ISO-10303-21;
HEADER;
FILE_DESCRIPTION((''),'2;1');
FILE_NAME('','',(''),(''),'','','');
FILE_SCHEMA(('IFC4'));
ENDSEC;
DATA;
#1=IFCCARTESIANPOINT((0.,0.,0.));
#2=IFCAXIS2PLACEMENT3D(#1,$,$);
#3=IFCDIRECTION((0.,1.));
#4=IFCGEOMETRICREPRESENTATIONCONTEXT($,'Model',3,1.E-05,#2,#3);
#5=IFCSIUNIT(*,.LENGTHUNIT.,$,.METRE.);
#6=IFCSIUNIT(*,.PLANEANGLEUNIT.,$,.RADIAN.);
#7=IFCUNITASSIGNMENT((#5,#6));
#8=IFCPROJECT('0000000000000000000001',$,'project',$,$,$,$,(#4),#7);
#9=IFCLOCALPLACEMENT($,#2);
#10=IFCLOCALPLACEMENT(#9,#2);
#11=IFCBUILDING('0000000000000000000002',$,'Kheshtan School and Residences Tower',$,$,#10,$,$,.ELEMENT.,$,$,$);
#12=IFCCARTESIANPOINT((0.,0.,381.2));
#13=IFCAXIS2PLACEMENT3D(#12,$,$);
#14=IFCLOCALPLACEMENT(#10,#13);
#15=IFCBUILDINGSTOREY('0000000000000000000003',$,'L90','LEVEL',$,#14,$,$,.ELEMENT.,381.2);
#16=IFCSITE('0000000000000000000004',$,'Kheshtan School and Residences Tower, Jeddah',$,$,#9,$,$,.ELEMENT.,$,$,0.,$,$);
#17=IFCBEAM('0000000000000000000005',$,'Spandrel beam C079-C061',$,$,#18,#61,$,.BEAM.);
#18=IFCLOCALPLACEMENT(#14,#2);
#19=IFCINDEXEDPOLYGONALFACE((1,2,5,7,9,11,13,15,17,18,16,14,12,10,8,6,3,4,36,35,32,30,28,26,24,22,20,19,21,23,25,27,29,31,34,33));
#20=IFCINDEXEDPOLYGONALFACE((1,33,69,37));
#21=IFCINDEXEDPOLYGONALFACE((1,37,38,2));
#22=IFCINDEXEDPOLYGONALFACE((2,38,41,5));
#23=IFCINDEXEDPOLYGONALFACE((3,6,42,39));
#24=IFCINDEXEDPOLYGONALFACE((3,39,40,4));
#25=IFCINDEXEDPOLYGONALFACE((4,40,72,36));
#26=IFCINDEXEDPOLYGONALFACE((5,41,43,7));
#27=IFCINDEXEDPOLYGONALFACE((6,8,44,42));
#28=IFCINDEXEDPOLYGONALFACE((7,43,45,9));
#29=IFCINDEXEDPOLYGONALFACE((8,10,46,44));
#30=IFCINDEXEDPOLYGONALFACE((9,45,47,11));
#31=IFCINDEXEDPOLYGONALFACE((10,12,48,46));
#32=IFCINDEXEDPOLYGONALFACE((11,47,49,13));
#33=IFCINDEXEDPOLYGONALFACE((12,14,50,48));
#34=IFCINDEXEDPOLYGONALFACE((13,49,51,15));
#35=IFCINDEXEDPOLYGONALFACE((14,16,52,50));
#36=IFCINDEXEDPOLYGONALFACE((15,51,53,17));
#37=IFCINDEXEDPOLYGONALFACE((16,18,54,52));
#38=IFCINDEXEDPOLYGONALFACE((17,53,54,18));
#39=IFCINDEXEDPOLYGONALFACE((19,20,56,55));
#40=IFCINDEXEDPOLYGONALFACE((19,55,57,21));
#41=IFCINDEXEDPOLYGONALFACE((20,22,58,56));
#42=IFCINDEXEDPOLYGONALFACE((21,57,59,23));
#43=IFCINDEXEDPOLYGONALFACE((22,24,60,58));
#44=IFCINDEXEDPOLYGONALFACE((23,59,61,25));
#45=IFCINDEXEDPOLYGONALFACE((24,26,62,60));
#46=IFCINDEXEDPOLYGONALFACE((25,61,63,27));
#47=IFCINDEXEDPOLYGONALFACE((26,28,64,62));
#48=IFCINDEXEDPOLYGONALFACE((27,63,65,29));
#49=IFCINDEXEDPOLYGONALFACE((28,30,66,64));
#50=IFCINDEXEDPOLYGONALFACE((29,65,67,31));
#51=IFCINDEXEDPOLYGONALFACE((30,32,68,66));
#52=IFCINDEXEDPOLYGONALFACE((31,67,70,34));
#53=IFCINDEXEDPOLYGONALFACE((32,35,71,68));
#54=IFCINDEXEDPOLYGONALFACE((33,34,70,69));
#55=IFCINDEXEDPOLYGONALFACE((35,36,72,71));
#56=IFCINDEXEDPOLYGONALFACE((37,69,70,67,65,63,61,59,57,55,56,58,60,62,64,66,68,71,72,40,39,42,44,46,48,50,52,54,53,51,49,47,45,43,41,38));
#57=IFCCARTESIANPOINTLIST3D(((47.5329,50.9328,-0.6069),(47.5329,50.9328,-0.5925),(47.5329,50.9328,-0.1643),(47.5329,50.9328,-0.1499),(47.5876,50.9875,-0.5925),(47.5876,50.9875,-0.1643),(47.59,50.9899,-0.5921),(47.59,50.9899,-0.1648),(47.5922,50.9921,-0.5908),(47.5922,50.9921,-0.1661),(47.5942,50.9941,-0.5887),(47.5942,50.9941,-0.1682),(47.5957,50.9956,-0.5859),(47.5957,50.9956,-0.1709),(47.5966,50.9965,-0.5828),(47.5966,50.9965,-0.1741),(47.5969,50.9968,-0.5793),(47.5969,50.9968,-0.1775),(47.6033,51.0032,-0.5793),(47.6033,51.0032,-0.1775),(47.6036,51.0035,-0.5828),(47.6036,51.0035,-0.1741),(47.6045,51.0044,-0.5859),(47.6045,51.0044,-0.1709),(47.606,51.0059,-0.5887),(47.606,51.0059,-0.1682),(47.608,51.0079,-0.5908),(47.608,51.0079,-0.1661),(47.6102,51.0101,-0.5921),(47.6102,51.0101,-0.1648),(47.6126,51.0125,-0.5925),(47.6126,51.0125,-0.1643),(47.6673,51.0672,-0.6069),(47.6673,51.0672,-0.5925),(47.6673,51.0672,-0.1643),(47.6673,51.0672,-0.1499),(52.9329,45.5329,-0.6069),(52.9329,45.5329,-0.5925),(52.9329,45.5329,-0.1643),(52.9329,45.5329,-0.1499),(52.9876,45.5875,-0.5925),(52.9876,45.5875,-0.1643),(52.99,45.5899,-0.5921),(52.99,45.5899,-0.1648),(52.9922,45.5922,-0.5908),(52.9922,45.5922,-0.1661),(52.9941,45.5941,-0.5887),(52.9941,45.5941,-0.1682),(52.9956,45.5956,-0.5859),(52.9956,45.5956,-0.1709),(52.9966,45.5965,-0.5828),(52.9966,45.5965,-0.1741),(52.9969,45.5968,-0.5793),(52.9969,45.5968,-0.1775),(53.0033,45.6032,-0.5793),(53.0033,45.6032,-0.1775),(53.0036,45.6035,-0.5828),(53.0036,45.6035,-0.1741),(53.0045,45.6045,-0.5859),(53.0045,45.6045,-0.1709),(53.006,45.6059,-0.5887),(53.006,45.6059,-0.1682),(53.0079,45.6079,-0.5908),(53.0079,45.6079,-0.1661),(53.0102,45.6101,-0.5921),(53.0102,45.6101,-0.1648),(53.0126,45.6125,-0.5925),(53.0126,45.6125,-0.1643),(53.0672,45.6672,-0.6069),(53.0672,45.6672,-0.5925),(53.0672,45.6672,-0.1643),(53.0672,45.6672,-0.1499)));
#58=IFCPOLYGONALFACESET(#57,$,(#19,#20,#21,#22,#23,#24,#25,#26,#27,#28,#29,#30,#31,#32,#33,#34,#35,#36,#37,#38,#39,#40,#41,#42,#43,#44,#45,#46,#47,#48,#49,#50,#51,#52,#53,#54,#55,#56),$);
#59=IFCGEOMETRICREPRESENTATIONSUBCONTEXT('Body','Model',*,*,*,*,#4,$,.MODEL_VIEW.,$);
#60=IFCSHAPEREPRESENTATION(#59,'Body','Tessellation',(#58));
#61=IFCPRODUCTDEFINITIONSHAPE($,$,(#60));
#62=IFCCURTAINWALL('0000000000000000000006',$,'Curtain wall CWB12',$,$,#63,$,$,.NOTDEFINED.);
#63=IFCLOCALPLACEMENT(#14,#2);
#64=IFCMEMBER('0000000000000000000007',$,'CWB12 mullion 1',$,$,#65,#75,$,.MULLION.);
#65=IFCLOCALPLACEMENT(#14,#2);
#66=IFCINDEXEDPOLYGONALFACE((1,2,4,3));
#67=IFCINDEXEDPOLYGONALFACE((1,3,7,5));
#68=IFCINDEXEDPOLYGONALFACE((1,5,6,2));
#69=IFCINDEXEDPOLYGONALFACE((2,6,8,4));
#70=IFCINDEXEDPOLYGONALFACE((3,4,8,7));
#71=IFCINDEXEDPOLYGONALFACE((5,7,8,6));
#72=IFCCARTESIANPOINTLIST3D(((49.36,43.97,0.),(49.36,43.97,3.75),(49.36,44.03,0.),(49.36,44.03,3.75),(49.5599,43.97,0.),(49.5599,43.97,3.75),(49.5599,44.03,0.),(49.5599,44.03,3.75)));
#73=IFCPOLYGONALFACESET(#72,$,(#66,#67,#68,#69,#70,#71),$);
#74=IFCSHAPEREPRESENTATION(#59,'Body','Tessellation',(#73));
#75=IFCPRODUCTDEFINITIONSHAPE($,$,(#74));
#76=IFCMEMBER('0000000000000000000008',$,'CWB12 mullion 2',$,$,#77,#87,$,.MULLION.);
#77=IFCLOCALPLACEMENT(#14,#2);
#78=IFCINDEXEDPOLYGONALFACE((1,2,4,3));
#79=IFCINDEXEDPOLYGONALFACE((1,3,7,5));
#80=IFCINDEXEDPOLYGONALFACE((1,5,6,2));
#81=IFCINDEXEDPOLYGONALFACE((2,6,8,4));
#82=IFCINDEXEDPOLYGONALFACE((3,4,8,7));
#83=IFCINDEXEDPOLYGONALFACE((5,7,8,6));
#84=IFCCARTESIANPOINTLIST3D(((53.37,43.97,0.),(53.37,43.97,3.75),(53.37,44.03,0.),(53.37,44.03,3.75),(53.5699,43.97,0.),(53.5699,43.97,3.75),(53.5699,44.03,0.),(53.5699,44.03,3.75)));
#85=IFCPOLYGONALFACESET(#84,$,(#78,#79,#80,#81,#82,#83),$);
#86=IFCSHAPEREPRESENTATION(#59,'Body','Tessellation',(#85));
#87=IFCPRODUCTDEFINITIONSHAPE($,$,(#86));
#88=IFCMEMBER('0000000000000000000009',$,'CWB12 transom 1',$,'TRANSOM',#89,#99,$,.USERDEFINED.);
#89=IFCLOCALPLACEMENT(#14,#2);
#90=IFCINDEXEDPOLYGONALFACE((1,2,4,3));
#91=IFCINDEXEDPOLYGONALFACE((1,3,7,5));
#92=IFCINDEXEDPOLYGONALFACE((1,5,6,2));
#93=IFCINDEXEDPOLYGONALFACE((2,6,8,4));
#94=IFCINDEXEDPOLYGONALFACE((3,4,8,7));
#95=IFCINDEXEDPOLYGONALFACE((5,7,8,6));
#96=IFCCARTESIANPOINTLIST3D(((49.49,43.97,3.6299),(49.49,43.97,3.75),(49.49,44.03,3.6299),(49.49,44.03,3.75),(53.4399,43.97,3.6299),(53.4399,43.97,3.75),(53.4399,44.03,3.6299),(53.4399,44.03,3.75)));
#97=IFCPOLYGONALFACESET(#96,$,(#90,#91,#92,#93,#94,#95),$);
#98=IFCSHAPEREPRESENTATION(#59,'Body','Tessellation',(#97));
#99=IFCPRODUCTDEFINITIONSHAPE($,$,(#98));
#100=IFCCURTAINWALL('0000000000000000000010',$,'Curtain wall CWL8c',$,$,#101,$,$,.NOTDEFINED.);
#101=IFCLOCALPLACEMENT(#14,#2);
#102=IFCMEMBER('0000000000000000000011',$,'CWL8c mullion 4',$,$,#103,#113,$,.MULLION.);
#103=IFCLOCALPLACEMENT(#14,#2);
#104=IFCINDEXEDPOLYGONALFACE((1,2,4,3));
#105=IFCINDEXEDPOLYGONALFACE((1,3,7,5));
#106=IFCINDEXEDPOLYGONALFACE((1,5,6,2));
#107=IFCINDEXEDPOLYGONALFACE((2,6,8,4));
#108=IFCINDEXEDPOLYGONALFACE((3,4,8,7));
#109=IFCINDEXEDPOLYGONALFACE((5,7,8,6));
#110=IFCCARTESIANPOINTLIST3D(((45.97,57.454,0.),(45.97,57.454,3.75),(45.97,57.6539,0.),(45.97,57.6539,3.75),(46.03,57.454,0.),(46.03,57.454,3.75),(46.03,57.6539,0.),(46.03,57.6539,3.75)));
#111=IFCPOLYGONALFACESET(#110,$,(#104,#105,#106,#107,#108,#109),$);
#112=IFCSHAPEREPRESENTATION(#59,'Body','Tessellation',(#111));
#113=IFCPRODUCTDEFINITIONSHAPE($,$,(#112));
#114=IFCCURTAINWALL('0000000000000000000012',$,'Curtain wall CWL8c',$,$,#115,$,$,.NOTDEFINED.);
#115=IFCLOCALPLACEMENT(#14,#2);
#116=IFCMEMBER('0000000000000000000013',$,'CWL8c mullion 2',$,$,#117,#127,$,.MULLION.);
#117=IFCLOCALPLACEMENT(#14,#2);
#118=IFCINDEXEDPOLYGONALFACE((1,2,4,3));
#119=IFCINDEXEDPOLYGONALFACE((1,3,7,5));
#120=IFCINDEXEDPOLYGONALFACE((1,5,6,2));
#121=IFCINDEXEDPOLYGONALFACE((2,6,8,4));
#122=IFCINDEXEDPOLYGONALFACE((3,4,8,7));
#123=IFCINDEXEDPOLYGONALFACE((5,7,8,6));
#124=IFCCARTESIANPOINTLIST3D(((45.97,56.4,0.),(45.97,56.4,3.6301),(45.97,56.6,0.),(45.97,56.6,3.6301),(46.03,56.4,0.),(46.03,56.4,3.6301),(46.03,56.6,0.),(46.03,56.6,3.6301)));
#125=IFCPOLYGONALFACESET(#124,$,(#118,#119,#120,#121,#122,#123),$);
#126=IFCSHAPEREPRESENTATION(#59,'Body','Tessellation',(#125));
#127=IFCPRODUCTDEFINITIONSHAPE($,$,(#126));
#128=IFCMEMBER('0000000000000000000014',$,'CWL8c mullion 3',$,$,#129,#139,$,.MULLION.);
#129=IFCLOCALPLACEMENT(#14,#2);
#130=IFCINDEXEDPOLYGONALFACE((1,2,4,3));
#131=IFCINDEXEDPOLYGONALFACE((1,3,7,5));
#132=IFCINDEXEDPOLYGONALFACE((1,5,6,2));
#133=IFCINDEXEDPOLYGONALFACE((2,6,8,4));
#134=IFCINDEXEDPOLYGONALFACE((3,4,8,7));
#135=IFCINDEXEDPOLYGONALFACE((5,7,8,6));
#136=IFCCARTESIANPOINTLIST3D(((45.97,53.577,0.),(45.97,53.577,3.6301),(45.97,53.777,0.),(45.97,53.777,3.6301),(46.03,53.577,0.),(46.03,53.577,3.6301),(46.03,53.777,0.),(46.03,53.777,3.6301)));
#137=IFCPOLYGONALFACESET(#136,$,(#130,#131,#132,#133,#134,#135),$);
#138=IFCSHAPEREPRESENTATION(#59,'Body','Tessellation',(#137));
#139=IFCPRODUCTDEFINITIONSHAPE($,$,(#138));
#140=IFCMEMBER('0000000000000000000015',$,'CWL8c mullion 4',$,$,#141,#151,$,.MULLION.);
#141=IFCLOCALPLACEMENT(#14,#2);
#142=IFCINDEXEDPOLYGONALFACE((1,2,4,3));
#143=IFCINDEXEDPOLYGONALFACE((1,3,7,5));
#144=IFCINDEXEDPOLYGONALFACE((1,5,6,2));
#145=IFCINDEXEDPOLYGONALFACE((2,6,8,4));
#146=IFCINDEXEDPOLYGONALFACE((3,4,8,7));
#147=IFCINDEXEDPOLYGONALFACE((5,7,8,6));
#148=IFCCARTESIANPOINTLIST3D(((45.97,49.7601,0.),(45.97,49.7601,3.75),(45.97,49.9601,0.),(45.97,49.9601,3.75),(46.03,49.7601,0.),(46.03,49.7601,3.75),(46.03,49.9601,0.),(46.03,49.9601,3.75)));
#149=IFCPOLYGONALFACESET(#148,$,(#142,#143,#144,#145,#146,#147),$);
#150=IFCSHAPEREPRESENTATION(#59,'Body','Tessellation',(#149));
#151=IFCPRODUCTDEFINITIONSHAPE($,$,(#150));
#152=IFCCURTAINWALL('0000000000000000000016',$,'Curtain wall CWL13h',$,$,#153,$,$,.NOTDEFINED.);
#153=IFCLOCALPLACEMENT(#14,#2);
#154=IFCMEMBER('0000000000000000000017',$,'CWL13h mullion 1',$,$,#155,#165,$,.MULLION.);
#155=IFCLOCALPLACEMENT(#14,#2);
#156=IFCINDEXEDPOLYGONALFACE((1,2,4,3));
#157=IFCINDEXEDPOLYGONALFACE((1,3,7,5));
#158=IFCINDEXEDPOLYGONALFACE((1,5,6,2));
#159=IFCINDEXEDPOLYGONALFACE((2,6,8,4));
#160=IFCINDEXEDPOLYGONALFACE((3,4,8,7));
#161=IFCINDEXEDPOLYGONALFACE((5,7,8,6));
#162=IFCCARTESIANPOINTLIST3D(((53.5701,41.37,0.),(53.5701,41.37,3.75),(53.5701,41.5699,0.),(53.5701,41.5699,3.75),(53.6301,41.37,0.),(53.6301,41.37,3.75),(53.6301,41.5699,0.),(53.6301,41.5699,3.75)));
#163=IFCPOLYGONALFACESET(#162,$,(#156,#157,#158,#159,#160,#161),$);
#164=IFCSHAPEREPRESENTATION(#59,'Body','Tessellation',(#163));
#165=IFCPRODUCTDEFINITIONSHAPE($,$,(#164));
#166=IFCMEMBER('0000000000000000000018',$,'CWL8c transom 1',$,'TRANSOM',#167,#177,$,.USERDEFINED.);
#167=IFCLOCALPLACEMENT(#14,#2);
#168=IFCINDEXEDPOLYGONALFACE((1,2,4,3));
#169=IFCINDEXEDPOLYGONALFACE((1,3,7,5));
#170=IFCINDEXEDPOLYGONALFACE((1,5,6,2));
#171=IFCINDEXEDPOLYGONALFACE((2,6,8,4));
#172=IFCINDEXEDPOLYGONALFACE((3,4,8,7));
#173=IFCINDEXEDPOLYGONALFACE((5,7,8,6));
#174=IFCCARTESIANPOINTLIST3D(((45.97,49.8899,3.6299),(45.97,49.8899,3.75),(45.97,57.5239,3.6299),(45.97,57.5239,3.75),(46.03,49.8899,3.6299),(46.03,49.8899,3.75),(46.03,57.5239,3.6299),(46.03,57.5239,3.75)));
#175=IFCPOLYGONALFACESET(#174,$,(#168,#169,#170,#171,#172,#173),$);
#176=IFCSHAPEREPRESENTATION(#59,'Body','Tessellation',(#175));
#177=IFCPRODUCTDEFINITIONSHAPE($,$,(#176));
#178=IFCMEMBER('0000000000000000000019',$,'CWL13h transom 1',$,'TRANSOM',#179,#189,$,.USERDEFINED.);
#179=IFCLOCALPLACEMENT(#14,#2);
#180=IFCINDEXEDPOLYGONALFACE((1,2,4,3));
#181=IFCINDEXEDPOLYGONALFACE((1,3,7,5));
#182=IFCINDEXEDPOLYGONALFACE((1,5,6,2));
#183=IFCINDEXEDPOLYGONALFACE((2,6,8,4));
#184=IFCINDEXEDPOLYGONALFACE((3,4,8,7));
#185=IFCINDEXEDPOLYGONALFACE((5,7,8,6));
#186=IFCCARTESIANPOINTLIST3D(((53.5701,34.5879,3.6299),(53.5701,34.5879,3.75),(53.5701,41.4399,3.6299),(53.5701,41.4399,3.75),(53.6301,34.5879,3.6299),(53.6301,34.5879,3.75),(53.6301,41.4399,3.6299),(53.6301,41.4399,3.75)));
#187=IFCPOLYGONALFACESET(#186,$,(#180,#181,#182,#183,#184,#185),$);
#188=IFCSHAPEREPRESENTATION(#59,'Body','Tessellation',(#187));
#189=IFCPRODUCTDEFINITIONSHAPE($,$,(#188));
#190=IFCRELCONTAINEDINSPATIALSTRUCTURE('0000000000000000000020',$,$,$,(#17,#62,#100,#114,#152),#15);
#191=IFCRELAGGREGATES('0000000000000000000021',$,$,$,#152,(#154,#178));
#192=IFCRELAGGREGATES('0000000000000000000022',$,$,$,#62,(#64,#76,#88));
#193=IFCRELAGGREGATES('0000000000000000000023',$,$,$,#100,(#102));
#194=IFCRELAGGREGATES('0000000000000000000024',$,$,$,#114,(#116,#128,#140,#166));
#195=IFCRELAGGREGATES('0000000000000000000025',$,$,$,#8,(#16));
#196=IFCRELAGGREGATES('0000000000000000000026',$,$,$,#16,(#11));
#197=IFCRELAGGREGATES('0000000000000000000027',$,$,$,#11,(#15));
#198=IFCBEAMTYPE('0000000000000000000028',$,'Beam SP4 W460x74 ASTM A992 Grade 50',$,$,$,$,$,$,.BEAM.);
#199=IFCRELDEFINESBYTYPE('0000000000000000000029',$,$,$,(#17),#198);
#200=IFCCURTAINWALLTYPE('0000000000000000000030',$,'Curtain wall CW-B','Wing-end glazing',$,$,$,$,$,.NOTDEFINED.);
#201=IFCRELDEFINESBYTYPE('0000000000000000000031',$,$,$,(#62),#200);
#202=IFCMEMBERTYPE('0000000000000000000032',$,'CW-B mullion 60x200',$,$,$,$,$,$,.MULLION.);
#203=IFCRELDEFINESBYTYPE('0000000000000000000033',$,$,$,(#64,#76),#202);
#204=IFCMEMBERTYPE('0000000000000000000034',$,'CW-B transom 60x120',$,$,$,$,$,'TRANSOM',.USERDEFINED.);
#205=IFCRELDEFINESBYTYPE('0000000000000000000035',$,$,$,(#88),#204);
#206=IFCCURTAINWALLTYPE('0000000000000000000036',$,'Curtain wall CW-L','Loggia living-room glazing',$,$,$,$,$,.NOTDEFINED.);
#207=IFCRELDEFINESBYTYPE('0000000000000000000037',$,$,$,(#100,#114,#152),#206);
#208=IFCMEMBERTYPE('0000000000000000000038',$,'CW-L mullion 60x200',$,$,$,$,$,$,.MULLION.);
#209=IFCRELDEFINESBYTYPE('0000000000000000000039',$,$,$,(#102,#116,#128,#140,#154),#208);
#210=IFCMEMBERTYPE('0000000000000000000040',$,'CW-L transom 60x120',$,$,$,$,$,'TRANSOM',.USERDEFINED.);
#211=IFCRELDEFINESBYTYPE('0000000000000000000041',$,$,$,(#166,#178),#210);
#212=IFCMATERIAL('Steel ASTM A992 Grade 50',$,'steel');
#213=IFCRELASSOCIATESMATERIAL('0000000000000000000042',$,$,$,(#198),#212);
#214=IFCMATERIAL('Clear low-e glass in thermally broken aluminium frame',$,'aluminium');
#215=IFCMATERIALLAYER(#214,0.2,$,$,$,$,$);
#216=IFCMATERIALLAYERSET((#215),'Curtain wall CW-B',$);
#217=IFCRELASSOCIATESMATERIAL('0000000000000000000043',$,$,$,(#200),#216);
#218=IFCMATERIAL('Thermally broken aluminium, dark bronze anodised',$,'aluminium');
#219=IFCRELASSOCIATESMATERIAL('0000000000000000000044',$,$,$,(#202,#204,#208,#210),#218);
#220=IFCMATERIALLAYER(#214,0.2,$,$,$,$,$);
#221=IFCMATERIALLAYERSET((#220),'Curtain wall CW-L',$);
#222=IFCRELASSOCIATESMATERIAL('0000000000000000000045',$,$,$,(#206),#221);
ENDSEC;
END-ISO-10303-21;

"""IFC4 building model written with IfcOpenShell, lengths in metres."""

from ifc_helpers import new_model, si_unit, direction, frame, origin, origin_2d, place, context, subcontext, project, spatial, rectangle, i_section, extrude, material, layer, layer_set, material_profile, profile_set, type_object, element, aggregate, save


model = new_model("IFC4")

# Units and contexts
model_context = context("Model", 3, precision=1e-05, world=origin(), true_north=direction((0.0, 1.0)))
body_context = subcontext(model_context, "Body", "Model", "MODEL_VIEW")
ifc_project = project(units=[si_unit("LENGTHUNIT", "METRE"), si_unit("PLANEANGLEUNIT", "RADIAN")], contexts=[model_context])

# Site, building, storey
site_placement = place(None, origin())
site = spatial("IfcSite", under=ifc_project, at=site_placement, Name="Kheshtan School and Residences Tower, Jeddah", CompositionType="ELEMENT", RefElevation=0.0)
building_placement = place(site_placement, origin())
building = spatial("IfcBuilding", under=site, at=building_placement, Name="Kheshtan School and Residences Tower", CompositionType="ELEMENT")
storey_placement = place(building_placement, frame((0.0, 0.0, 381.2)))
storey = spatial("IfcBuildingStorey", under=building, at=storey_placement, Name="L90", Description="LEVEL", CompositionType="ELEMENT", Elevation=381.2)

# Shared definitions
ifc_material_1 = material(Name="Steel ASTM A992 Grade 50", Category="steel")

# Beam
ifc_material_profile_1 = material_profile(ifc_material_1, i_section(OverallWidth=0.1899, OverallDepth=0.457, WebThickness=0.009, FlangeThickness=0.0144, FilletRadius=0.0132, at=origin_2d()), Name="W460x74")
ifc_profile_set_1 = profile_set([ifc_material_profile_1], Name="Steel ASTM A992 Grade 50")
beam_type_1 = type_object("IfcBeamType", Name="Beam SP4 W460x74 ASTM A992 Grade 50", PredefinedType="BEAM", material=ifc_profile_set_1)
beam_1_placement = place(storey_placement, frame((47.6001, 51.0, -0.3784), z_axis=(0.707107, -0.707107, 0.0), x_axis=(0.707107, 0.707107, 0.0)))
element("IfcBeam", 1, at=beam_1_placement, inside=storey, type_object=beam_type_1, Name="Spandrel beam C079-C061", PredefinedType="BEAM", context=body_context, shape_type="SweptSolid", body=[
    extrude(i_section(OverallWidth=0.1899, OverallDepth=0.457, WebThickness=0.009, FlangeThickness=0.0144, FilletRadius=0.0132, at=origin_2d()), origin(), (0.0, 0.0, 1.0), 7.6367),
])

# Curtain wall, members
ifc_material_2 = material(Name="Clear low-e glass in thermally broken aluminium frame", Category="aluminium")
ifc_layer_1 = layer(ifc_material_2, 0.2)
ifc_layer_set_1 = layer_set([ifc_layer_1], Name="Curtain wall CW-B")
curtain_wall_type_1 = type_object("IfcCurtainWallType", Name="Curtain wall CW-B", Description="Wing-end glazing", PredefinedType="NOTDEFINED", material=ifc_layer_set_1)
curtain_wall_1_placement = place(storey_placement, origin())
curtain_wall_1 = element("IfcCurtainWall", 2, at=curtain_wall_1_placement, inside=storey, type_object=curtain_wall_type_1, Name="Curtain wall CWB12", PredefinedType="NOTDEFINED")
ifc_material_3 = material(Name="Thermally broken aluminium, dark bronze anodised", Category="aluminium")
ifc_material_profile_2 = material_profile(ifc_material_3, rectangle(XDim=0.0601, YDim=0.2, at=origin_2d()), Name="CW-B mullion 60x200")
ifc_profile_set_2 = profile_set([ifc_material_profile_2], Name="Thermally broken aluminium, dark bronze anodised")
member_type_1 = type_object("IfcMemberType", Name="CW-B mullion 60x200", PredefinedType="MULLION", material=ifc_profile_set_2)
member_1_placement = place(storey_placement, frame((49.46, 44.0, 0.0), z_axis=(0.0, 0.0, 1.0), x_axis=(0.0, 1.0, 0.0)))
member_1 = element("IfcMember", 3, at=member_1_placement, type_object=member_type_1, Name="CWB12 mullion 1", PredefinedType="MULLION", context=body_context, shape_type="SweptSolid", body=[
    extrude(rectangle(XDim=0.0601, YDim=0.2, at=origin_2d()), origin(), (0.0, 0.0, 1.0), 3.75),
])
member_2_placement = place(storey_placement, frame((53.47, 44.0, 0.0), z_axis=(0.0, 0.0, 1.0), x_axis=(0.0, 1.0, 0.0)))
member_2 = element("IfcMember", 4, at=member_2_placement, type_object=member_type_1, Name="CWB12 mullion 2", PredefinedType="MULLION", context=body_context, shape_type="SweptSolid", body=[
    extrude(rectangle(XDim=0.0601, YDim=0.2, at=origin_2d()), origin(), (0.0, 0.0, 1.0), 3.75),
])
ifc_material_profile_3 = material_profile(ifc_material_3, rectangle(XDim=0.0601, YDim=0.1201, at=origin_2d()), Name="CW-B transom 60x120")
ifc_profile_set_3 = profile_set([ifc_material_profile_3], Name="Thermally broken aluminium, dark bronze anodised")
member_type_2 = type_object("IfcMemberType", Name="CW-B transom 60x120", ElementType="TRANSOM", PredefinedType="USERDEFINED", material=ifc_profile_set_3)
member_3_placement = place(storey_placement, frame((49.49, 44.0, 3.6899), z_axis=(1.0, 0.0, 0.0), x_axis=(0.0, 1.0, 0.0)))
member_3 = element("IfcMember", 5, at=member_3_placement, type_object=member_type_2, Name="CWB12 transom 1", ObjectType="TRANSOM", PredefinedType="USERDEFINED", context=body_context, shape_type="SweptSolid", body=[
    extrude(rectangle(XDim=0.0601, YDim=0.1201, at=origin_2d()), origin(), (0.0, 0.0, 1.0), 3.95),
])

# Curtain wall, member
ifc_layer_2 = layer(ifc_material_2, 0.2)
ifc_layer_set_2 = layer_set([ifc_layer_2], Name="Curtain wall CW-L")
curtain_wall_type_2 = type_object("IfcCurtainWallType", Name="Curtain wall CW-L", Description="Loggia living-room glazing", PredefinedType="NOTDEFINED", material=ifc_layer_set_2)
curtain_wall_2_placement = place(storey_placement, origin())
curtain_wall_2 = element("IfcCurtainWall", 6, at=curtain_wall_2_placement, inside=storey, type_object=curtain_wall_type_2, Name="Curtain wall CWL8c", PredefinedType="NOTDEFINED")
ifc_material_profile_4 = material_profile(ifc_material_3, rectangle(XDim=0.0601, YDim=0.2, at=origin_2d()), Name="CW-L mullion 60x200")
ifc_profile_set_4 = profile_set([ifc_material_profile_4], Name="Thermally broken aluminium, dark bronze anodised")
member_type_3 = type_object("IfcMemberType", Name="CW-L mullion 60x200", PredefinedType="MULLION", material=ifc_profile_set_4)
member_4_placement = place(storey_placement, frame((46.0, 57.554, 0.0), z_axis=(0.0, 0.0, 1.0), x_axis=(1.0, 0.0, 0.0)))
member_4 = element("IfcMember", 7, at=member_4_placement, type_object=member_type_3, Name="CWL8c mullion 4", PredefinedType="MULLION", context=body_context, shape_type="SweptSolid", body=[
    extrude(rectangle(XDim=0.0601, YDim=0.2, at=origin_2d()), origin(), (0.0, 0.0, 1.0), 3.75),
])

# Curtain wall, members
curtain_wall_3_placement = place(storey_placement, origin())
curtain_wall_3 = element("IfcCurtainWall", 8, at=curtain_wall_3_placement, inside=storey, type_object=curtain_wall_type_2, Name="Curtain wall CWL8c", PredefinedType="NOTDEFINED")
member_5_placement = place(storey_placement, frame((46.0, 56.5, 0.0), z_axis=(0.0, 0.0, 1.0), x_axis=(1.0, 0.0, 0.0)))
member_5 = element("IfcMember", 9, at=member_5_placement, type_object=member_type_3, Name="CWL8c mullion 2", PredefinedType="MULLION", context=body_context, shape_type="SweptSolid", body=[
    extrude(rectangle(XDim=0.0601, YDim=0.2, at=origin_2d()), origin(), (0.0, 0.0, 1.0), 3.6301),
])
member_6_placement = place(storey_placement, frame((46.0, 53.677, 0.0), z_axis=(0.0, 0.0, 1.0), x_axis=(1.0, 0.0, 0.0)))
member_6 = element("IfcMember", 10, at=member_6_placement, type_object=member_type_3, Name="CWL8c mullion 3", PredefinedType="MULLION", context=body_context, shape_type="SweptSolid", body=[
    extrude(rectangle(XDim=0.0601, YDim=0.2, at=origin_2d()), origin(), (0.0, 0.0, 1.0), 3.6301),
])
member_7_placement = place(storey_placement, frame((46.0, 49.8601, 0.0), z_axis=(0.0, 0.0, 1.0), x_axis=(1.0, 0.0, 0.0)))
member_7 = element("IfcMember", 11, at=member_7_placement, type_object=member_type_3, Name="CWL8c mullion 4", PredefinedType="MULLION", context=body_context, shape_type="SweptSolid", body=[
    extrude(rectangle(XDim=0.0601, YDim=0.2, at=origin_2d()), origin(), (0.0, 0.0, 1.0), 3.75),
])

# Curtain wall, member
curtain_wall_4_placement = place(storey_placement, origin())
curtain_wall_4 = element("IfcCurtainWall", 12, at=curtain_wall_4_placement, inside=storey, type_object=curtain_wall_type_2, Name="Curtain wall CWL13h", PredefinedType="NOTDEFINED")
member_8_placement = place(storey_placement, frame((53.6001, 41.47, 0.0), z_axis=(0.0, 0.0, 1.0), x_axis=(1.0, 0.0, 0.0)))
member_8 = element("IfcMember", 13, at=member_8_placement, type_object=member_type_3, Name="CWL13h mullion 1", PredefinedType="MULLION", context=body_context, shape_type="SweptSolid", body=[
    extrude(rectangle(XDim=0.0601, YDim=0.2, at=origin_2d()), origin(), (0.0, 0.0, 1.0), 3.75),
])

# Members
ifc_material_profile_5 = material_profile(ifc_material_3, rectangle(XDim=0.0601, YDim=0.1201, at=origin_2d()), Name="CW-L transom 60x120")
ifc_profile_set_5 = profile_set([ifc_material_profile_5], Name="Thermally broken aluminium, dark bronze anodised")
member_type_4 = type_object("IfcMemberType", Name="CW-L transom 60x120", ElementType="TRANSOM", PredefinedType="USERDEFINED", material=ifc_profile_set_5)
member_9_placement = place(storey_placement, frame((46.0, 57.5239, 3.6899), z_axis=(0.0, -1.0, 0.0), x_axis=(1.0, 0.0, 0.0)))
member_9 = element("IfcMember", 14, at=member_9_placement, type_object=member_type_4, Name="CWL8c transom 1", ObjectType="TRANSOM", PredefinedType="USERDEFINED", context=body_context, shape_type="SweptSolid", body=[
    extrude(rectangle(XDim=0.0601, YDim=0.1201, at=origin_2d()), origin(), (0.0, 0.0, 1.0), 7.634),
])
member_10_placement = place(storey_placement, frame((53.6001, 41.4399, 3.6899), z_axis=(0.0, -1.0, 0.0), x_axis=(1.0, 0.0, 0.0)))
member_10 = element("IfcMember", 15, at=member_10_placement, type_object=member_type_4, Name="CWL13h transom 1", ObjectType="TRANSOM", PredefinedType="USERDEFINED", context=body_context, shape_type="SweptSolid", body=[
    extrude(rectangle(XDim=0.0601, YDim=0.1201, at=origin_2d()), origin(), (0.0, 0.0, 1.0), 6.8521),
])
aggregate(curtain_wall_4, [member_8, member_10])

aggregate(curtain_wall_1, [member_1, member_2, member_3])
aggregate(curtain_wall_2, [member_4])
aggregate(curtain_wall_3, [member_5, member_6, member_7, member_9])

save(model, "model.ifc")
